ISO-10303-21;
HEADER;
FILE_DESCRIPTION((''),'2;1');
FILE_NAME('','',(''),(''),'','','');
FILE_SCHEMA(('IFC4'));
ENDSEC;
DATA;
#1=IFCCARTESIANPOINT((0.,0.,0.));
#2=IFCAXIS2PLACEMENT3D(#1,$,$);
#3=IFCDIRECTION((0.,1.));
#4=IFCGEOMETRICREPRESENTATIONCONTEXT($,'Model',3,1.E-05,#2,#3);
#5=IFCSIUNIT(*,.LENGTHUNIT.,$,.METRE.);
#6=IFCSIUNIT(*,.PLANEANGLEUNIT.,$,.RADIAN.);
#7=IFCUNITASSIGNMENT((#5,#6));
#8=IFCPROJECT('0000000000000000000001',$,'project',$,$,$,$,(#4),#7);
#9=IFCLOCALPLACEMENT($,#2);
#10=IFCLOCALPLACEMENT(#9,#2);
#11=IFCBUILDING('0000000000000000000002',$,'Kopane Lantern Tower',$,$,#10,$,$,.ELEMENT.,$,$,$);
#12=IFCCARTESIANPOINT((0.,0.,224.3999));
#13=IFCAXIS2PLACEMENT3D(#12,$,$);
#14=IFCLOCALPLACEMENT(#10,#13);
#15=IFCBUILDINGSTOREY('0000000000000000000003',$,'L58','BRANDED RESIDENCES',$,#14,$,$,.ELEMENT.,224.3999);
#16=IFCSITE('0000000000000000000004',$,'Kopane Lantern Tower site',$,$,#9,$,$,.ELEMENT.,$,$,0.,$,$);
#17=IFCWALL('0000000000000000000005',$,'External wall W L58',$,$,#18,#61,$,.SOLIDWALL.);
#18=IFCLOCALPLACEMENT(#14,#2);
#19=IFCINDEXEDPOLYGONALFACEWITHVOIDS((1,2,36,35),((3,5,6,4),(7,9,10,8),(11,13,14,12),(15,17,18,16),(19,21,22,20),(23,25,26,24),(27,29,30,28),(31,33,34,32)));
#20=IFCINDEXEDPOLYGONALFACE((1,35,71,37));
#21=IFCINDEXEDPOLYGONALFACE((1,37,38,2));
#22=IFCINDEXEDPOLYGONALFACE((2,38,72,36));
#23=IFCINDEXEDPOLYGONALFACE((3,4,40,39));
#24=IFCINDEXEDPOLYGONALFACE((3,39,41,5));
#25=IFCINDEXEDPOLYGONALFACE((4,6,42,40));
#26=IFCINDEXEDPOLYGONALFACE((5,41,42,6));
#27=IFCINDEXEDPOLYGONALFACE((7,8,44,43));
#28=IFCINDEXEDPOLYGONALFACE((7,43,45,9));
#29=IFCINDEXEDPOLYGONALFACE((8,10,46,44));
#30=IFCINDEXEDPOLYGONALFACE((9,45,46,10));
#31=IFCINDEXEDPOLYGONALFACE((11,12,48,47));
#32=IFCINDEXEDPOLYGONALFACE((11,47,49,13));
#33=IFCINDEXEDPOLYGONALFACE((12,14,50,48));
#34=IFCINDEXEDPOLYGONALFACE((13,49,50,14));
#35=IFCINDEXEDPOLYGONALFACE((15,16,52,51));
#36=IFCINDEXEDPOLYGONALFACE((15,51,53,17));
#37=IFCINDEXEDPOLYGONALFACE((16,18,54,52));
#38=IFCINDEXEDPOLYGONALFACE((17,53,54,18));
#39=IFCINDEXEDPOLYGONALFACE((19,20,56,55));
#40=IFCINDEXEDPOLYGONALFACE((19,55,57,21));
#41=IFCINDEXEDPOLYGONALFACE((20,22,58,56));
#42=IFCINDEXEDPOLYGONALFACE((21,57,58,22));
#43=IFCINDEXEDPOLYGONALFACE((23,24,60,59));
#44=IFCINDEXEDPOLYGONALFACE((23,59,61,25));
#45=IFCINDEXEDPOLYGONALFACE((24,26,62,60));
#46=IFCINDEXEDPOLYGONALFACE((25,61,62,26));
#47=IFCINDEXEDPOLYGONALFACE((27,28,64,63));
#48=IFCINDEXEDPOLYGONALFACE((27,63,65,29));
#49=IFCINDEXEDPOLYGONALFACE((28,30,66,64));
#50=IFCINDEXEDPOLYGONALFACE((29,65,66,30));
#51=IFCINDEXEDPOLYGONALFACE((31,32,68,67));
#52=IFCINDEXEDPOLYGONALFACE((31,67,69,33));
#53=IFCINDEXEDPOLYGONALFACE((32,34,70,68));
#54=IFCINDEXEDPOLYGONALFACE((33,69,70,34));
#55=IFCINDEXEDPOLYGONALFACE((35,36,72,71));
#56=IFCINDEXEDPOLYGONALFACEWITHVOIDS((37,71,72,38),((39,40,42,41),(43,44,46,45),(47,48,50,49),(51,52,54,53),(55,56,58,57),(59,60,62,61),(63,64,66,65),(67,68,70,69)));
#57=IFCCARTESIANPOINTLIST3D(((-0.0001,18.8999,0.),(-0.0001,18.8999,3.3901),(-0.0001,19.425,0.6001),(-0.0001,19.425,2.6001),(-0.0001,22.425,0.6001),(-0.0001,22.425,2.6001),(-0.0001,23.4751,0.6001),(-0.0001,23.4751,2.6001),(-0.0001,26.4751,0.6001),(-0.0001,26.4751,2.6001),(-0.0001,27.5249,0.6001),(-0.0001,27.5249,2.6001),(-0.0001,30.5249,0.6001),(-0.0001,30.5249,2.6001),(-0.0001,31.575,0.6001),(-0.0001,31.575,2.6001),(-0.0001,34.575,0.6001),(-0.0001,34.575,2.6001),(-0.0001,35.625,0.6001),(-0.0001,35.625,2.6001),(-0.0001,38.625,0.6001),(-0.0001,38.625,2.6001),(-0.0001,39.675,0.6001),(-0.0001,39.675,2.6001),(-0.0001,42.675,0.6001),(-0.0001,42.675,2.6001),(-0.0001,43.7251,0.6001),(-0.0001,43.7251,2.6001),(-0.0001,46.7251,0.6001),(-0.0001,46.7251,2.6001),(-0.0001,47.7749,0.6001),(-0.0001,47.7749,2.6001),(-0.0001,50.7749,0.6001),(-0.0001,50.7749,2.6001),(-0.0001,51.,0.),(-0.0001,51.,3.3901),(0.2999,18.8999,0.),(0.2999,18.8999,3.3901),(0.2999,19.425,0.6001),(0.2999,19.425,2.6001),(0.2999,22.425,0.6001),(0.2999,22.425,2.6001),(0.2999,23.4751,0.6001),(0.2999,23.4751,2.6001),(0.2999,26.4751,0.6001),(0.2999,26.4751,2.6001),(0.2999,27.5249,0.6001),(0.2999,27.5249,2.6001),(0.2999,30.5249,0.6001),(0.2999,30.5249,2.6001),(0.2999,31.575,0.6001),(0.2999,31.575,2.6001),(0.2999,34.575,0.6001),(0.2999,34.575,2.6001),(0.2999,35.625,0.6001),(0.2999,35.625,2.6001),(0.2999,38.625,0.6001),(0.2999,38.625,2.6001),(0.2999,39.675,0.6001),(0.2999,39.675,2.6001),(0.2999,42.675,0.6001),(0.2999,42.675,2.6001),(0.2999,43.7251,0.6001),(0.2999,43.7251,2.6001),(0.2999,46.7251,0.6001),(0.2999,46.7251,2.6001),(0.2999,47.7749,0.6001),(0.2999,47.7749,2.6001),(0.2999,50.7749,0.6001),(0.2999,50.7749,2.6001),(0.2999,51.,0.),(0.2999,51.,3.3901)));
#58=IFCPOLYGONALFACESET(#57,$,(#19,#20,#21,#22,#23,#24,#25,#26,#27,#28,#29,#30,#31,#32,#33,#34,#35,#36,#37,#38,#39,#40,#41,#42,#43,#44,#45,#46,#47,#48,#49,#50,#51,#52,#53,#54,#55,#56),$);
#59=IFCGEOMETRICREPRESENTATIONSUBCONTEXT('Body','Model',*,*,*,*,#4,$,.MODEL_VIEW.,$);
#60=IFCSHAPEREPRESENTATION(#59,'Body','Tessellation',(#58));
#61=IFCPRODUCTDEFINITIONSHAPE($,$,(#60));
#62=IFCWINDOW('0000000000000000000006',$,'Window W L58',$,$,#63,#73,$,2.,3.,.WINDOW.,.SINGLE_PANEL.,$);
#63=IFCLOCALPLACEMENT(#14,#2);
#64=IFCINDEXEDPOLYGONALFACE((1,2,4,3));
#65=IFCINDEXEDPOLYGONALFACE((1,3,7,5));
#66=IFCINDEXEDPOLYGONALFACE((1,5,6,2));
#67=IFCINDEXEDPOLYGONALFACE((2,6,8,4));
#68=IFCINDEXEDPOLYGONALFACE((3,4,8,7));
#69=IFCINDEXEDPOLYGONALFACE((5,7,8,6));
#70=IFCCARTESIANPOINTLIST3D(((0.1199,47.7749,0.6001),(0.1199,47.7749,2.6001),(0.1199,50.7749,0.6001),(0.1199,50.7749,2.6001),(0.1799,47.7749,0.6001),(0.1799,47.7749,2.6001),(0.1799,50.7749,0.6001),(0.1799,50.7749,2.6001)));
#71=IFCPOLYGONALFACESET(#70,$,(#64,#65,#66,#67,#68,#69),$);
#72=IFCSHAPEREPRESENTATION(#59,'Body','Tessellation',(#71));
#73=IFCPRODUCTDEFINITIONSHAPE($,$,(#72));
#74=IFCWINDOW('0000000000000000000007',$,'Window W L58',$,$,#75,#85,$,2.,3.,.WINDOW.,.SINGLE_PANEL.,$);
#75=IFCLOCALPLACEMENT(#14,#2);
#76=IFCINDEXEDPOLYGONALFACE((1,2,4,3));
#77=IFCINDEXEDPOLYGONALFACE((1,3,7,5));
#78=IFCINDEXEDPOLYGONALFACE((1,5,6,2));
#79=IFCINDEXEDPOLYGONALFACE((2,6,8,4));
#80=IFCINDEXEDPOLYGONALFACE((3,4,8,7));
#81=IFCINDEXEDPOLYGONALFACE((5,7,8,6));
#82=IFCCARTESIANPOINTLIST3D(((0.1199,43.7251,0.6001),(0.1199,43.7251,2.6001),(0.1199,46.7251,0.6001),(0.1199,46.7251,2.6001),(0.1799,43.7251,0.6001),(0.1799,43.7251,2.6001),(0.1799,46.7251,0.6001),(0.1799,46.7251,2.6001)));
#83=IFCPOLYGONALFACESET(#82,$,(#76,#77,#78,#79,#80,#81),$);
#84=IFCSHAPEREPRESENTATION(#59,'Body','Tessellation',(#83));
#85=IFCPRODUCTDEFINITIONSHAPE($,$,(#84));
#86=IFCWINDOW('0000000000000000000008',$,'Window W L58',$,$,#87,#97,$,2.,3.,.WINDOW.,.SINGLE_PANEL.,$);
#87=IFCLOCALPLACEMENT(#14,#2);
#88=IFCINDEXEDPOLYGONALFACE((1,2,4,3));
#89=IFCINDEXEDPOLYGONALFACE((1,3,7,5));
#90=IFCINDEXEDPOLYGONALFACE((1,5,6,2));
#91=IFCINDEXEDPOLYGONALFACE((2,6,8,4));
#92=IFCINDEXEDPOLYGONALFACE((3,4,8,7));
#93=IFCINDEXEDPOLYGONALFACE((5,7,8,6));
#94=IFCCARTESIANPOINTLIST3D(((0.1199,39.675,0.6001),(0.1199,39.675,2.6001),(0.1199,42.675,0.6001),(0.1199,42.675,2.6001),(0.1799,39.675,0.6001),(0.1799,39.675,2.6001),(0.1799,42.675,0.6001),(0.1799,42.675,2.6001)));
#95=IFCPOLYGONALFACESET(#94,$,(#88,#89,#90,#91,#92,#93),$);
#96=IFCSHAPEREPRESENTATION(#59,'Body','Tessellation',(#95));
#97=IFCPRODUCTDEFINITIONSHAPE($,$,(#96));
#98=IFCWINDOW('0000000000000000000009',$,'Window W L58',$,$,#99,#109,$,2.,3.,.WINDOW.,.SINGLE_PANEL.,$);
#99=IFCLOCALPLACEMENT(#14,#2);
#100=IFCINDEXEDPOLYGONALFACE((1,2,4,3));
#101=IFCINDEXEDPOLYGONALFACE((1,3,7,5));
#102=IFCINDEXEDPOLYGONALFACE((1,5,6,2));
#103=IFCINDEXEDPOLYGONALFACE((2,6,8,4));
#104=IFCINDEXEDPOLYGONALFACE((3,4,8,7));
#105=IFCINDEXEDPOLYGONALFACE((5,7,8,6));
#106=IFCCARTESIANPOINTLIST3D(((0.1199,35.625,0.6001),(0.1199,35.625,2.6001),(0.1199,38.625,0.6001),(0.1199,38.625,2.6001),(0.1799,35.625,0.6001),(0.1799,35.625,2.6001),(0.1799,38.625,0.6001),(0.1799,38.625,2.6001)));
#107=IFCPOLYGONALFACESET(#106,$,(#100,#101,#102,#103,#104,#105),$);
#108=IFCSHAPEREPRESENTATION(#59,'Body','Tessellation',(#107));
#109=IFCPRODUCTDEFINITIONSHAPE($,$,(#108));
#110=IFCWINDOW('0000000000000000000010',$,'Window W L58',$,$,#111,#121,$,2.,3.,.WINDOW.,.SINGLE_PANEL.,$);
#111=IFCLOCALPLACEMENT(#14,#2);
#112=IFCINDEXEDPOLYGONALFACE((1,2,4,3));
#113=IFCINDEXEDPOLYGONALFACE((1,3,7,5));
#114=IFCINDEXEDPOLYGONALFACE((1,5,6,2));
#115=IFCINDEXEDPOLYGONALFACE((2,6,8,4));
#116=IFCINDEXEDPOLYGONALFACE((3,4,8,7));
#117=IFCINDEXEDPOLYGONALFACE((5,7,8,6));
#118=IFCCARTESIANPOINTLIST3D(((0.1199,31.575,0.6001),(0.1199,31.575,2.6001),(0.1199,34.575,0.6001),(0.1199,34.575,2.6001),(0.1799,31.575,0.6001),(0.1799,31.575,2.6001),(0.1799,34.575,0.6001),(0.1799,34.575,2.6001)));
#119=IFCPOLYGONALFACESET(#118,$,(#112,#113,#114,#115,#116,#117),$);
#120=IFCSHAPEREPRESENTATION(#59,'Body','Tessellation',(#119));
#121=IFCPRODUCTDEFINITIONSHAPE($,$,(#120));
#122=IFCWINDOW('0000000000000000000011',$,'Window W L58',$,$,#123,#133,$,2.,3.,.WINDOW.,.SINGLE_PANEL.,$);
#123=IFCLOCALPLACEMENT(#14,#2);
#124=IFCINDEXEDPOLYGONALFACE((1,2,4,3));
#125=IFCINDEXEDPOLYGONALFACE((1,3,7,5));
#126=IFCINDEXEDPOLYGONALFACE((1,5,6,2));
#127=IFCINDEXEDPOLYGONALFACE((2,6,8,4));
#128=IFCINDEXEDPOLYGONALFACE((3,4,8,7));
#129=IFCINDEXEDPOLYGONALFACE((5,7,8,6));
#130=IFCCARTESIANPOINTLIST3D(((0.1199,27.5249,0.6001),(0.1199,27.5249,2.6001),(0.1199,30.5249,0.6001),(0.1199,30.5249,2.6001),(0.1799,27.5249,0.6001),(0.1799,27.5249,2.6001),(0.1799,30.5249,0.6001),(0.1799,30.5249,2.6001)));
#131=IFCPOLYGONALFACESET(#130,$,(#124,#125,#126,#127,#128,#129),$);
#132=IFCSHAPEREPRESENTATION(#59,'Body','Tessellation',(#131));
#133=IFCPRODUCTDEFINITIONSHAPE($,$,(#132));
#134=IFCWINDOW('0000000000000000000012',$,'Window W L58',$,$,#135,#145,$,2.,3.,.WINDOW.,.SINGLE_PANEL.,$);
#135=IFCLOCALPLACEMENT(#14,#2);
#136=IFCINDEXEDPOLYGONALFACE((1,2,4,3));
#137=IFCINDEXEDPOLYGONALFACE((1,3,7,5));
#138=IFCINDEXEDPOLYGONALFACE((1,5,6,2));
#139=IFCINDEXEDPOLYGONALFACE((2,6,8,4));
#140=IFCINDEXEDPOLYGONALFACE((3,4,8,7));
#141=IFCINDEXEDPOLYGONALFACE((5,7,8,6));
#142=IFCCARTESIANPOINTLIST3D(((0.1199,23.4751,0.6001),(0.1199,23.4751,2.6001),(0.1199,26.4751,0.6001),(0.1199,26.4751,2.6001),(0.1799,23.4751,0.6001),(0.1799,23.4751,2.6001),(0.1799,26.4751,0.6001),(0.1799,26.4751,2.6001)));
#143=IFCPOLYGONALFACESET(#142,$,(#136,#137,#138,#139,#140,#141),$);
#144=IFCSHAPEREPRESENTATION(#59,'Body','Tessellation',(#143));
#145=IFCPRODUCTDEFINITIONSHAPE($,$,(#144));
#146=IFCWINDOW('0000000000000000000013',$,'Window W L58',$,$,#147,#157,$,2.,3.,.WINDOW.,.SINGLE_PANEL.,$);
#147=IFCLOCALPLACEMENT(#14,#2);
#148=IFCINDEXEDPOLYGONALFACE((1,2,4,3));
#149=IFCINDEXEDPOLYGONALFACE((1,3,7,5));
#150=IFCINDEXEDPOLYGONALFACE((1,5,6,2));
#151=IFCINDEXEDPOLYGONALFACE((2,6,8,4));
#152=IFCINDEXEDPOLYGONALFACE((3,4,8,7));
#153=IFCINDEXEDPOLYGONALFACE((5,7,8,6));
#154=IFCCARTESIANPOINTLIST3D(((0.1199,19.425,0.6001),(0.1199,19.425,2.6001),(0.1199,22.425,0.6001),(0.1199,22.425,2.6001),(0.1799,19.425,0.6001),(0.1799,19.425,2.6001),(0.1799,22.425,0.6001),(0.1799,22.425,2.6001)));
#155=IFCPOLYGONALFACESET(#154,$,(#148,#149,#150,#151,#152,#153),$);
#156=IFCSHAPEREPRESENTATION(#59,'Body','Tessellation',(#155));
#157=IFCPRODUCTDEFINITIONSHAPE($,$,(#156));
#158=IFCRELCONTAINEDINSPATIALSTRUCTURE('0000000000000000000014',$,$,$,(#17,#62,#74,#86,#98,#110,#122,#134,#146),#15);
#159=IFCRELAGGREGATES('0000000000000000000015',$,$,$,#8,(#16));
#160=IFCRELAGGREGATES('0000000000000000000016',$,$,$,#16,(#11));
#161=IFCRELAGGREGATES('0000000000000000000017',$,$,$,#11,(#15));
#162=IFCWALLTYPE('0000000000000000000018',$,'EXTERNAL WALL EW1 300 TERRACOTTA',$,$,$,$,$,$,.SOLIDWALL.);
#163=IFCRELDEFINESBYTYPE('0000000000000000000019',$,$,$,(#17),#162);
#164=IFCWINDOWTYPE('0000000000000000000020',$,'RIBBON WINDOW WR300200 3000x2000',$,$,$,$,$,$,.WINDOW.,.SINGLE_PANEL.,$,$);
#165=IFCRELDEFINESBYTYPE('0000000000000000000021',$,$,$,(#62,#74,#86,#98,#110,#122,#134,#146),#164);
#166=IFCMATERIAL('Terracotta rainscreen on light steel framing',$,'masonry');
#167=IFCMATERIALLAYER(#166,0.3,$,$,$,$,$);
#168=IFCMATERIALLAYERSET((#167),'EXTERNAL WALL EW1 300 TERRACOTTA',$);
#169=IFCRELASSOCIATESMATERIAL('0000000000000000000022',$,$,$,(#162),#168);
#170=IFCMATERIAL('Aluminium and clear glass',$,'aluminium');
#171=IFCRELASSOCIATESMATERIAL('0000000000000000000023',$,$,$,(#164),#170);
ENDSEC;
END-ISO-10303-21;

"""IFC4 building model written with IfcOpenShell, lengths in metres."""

from ifc_helpers import new_model, si_unit, direction, frame, frame_2d, origin, place, context, subcontext, project, spatial, rectangle, extrude, material, layer, layer_set, type_object, element, fill, save


model = new_model("IFC4")

# Units and contexts
model_context = context("Model", 3, precision=1e-05, world=origin(), true_north=direction((0.0, 1.0)))
body_context = subcontext(model_context, "Body", "Model", "MODEL_VIEW")
ifc_project = project(units=[si_unit("LENGTHUNIT", "METRE"), si_unit("PLANEANGLEUNIT", "RADIAN")], contexts=[model_context])

# Site, building, storey
site_placement = place(None, origin())
site = spatial("IfcSite", under=ifc_project, at=site_placement, Name="Kopane Lantern Tower site", CompositionType="ELEMENT", RefElevation=0.0)
building_placement = place(site_placement, origin())
building = spatial("IfcBuilding", under=site, at=building_placement, Name="Kopane Lantern Tower", CompositionType="ELEMENT")
storey_placement = place(building_placement, frame((0.0, 0.0, 224.3999)))
storey = spatial("IfcBuildingStorey", under=building, at=storey_placement, Name="L58", Description="BRANDED RESIDENCES", CompositionType="ELEMENT", Elevation=224.3999)

# Shared definitions
ifc_material_1 = material(Name="Terracotta rainscreen on light steel framing", Category="masonry")
ifc_layer_1 = layer(ifc_material_1, 0.3)
ifc_layer_set_1 = layer_set([ifc_layer_1], Name="EXTERNAL WALL EW1 300 TERRACOTTA")
wall_type_1 = type_object("IfcWallType", Name="EXTERNAL WALL EW1 300 TERRACOTTA", PredefinedType="SOLIDWALL", material=ifc_layer_set_1)
ifc_material_2 = material(Name="Aluminium and clear glass", Category="aluminium")
window_type = type_object("IfcWindowType", Name="RIBBON WINDOW WR300200 3000x2000", PartitioningType="SINGLE_PANEL", PredefinedType="WINDOW", material=ifc_material_2)

# Wall, openings, windows
wall_1_placement = place(storey_placement, frame((0.1499, 51.0, 0.0), z_axis=(0.0, 0.0, 1.0), x_axis=(0.0, -1.0, 0.0)))
wall_1 = element("IfcWall", 1, at=wall_1_placement, inside=storey, type_object=wall_type_1, Name="External wall W L58", PredefinedType="SOLIDWALL", context=body_context, shape_type="SweptSolid", body=[
    extrude(rectangle(XDim=32.1001, YDim=0.3, at=frame_2d((16.05, 0.0))), origin(), (0.0, 0.0, 1.0), 3.3901),
])
opening_1_placement = place(wall_1_placement, frame((0.2251, 0.0, 0.6001)))
opening_1 = element("IfcOpeningElement", 2, at=opening_1_placement, cuts=wall_1, PredefinedType="OPENING", context=body_context, shape_type="SweptSolid", body=[
    extrude(rectangle(XDim=3.0, YDim=2.0, at=frame_2d((1.5, 1.0))), frame((0.0, 0.1599, 0.0), z_axis=(0.0, -1.0, 0.0), x_axis=(1.0, 0.0, 0.0)), (0.0, 0.0, 1.0), 0.3201),
])
opening_2_placement = place(wall_1_placement, frame((4.2749, 0.0, 0.6001)))
opening_2 = element("IfcOpeningElement", 3, at=opening_2_placement, cuts=wall_1, PredefinedType="OPENING", context=body_context, shape_type="SweptSolid", body=[
    extrude(rectangle(XDim=3.0, YDim=2.0, at=frame_2d((1.5, 1.0))), frame((0.0, 0.1599, 0.0), z_axis=(0.0, -1.0, 0.0), x_axis=(1.0, 0.0, 0.0)), (0.0, 0.0, 1.0), 0.3201),
])
opening_3_placement = place(wall_1_placement, frame((8.325, 0.0, 0.6001)))
opening_3 = element("IfcOpeningElement", 4, at=opening_3_placement, cuts=wall_1, PredefinedType="OPENING", context=body_context, shape_type="SweptSolid", body=[
    extrude(rectangle(XDim=3.0, YDim=2.0, at=frame_2d((1.5, 1.0))), frame((0.0, 0.1599, 0.0), z_axis=(0.0, -1.0, 0.0), x_axis=(1.0, 0.0, 0.0)), (0.0, 0.0, 1.0), 0.3201),
])
opening_4_placement = place(wall_1_placement, frame((12.375, 0.0, 0.6001)))
opening_4 = element("IfcOpeningElement", 5, at=opening_4_placement, cuts=wall_1, PredefinedType="OPENING", context=body_context, shape_type="SweptSolid", body=[
    extrude(rectangle(XDim=3.0, YDim=2.0, at=frame_2d((1.5, 1.0))), frame((0.0, 0.1599, 0.0), z_axis=(0.0, -1.0, 0.0), x_axis=(1.0, 0.0, 0.0)), (0.0, 0.0, 1.0), 0.3201),
])
opening_5_placement = place(wall_1_placement, frame((16.425, 0.0, 0.6001)))
opening_5 = element("IfcOpeningElement", 6, at=opening_5_placement, cuts=wall_1, PredefinedType="OPENING", context=body_context, shape_type="SweptSolid", body=[
    extrude(rectangle(XDim=3.0, YDim=2.0, at=frame_2d((1.5, 1.0))), frame((0.0, 0.1599, 0.0), z_axis=(0.0, -1.0, 0.0), x_axis=(1.0, 0.0, 0.0)), (0.0, 0.0, 1.0), 0.3201),
])
opening_6_placement = place(wall_1_placement, frame((20.4751, 0.0, 0.6001)))
opening_6 = element("IfcOpeningElement", 7, at=opening_6_placement, cuts=wall_1, PredefinedType="OPENING", context=body_context, shape_type="SweptSolid", body=[
    extrude(rectangle(XDim=3.0, YDim=2.0, at=frame_2d((1.5, 1.0))), frame((0.0, 0.1599, 0.0), z_axis=(0.0, -1.0, 0.0), x_axis=(1.0, 0.0, 0.0)), (0.0, 0.0, 1.0), 0.3201),
])
opening_7_placement = place(wall_1_placement, frame((24.5249, 0.0, 0.6001)))
opening_7 = element("IfcOpeningElement", 8, at=opening_7_placement, cuts=wall_1, PredefinedType="OPENING", context=body_context, shape_type="SweptSolid", body=[
    extrude(rectangle(XDim=3.0, YDim=2.0, at=frame_2d((1.5, 1.0))), frame((0.0, 0.1599, 0.0), z_axis=(0.0, -1.0, 0.0), x_axis=(1.0, 0.0, 0.0)), (0.0, 0.0, 1.0), 0.3201),
])
opening_8_placement = place(wall_1_placement, frame((28.575, 0.0, 0.6001)))
opening_8 = element("IfcOpeningElement", 9, at=opening_8_placement, cuts=wall_1, PredefinedType="OPENING", context=body_context, shape_type="SweptSolid", body=[
    extrude(rectangle(XDim=3.0, YDim=2.0, at=frame_2d((1.5, 1.0))), frame((0.0, 0.1599, 0.0), z_axis=(0.0, -1.0, 0.0), x_axis=(1.0, 0.0, 0.0)), (0.0, 0.0, 1.0), 0.3201),
])
window_1_placement = place(opening_1_placement, origin())
window_1 = element("IfcWindow", 10, at=window_1_placement, inside=storey, type_object=window_type, Name="Window W L58", OverallHeight=2.0, OverallWidth=3.0, PartitioningType="SINGLE_PANEL", PredefinedType="WINDOW", context=body_context, shape_type="SweptSolid", body=[
    extrude(rectangle(XDim=3.0, YDim=2.0, at=frame_2d((1.5, 1.0))), frame((0.0, 0.03, 0.0), z_axis=(0.0, -1.0, 0.0), x_axis=(1.0, 0.0, 0.0)), (0.0, 0.0, 1.0), 0.0601),
])
fill(opening_1, window_1)
window_2_placement = place(opening_2_placement, origin())
window_2 = element("IfcWindow", 11, at=window_2_placement, inside=storey, type_object=window_type, Name="Window W L58", OverallHeight=2.0, OverallWidth=3.0, PartitioningType="SINGLE_PANEL", PredefinedType="WINDOW", context=body_context, shape_type="SweptSolid", body=[
    extrude(rectangle(XDim=3.0, YDim=2.0, at=frame_2d((1.5, 1.0))), frame((0.0, 0.03, 0.0), z_axis=(0.0, -1.0, 0.0), x_axis=(1.0, 0.0, 0.0)), (0.0, 0.0, 1.0), 0.0601),
])
fill(opening_2, window_2)
window_3_placement = place(opening_3_placement, origin())
window_3 = element("IfcWindow", 12, at=window_3_placement, inside=storey, type_object=window_type, Name="Window W L58", OverallHeight=2.0, OverallWidth=3.0, PartitioningType="SINGLE_PANEL", PredefinedType="WINDOW", context=body_context, shape_type="SweptSolid", body=[
    extrude(rectangle(XDim=3.0, YDim=2.0, at=frame_2d((1.5, 1.0))), frame((0.0, 0.03, 0.0), z_axis=(0.0, -1.0, 0.0), x_axis=(1.0, 0.0, 0.0)), (0.0, 0.0, 1.0), 0.0601),
])
fill(opening_3, window_3)
window_4_placement = place(opening_4_placement, origin())
window_4 = element("IfcWindow", 13, at=window_4_placement, inside=storey, type_object=window_type, Name="Window W L58", OverallHeight=2.0, OverallWidth=3.0, PartitioningType="SINGLE_PANEL", PredefinedType="WINDOW", context=body_context, shape_type="SweptSolid", body=[
    extrude(rectangle(XDim=3.0, YDim=2.0, at=frame_2d((1.5, 1.0))), frame((0.0, 0.03, 0.0), z_axis=(0.0, -1.0, 0.0), x_axis=(1.0, 0.0, 0.0)), (0.0, 0.0, 1.0), 0.0601),
])
fill(opening_4, window_4)
window_5_placement = place(opening_5_placement, origin())
window_5 = element("IfcWindow", 14, at=window_5_placement, inside=storey, type_object=window_type, Name="Window W L58", OverallHeight=2.0, OverallWidth=3.0, PartitioningType="SINGLE_PANEL", PredefinedType="WINDOW", context=body_context, shape_type="SweptSolid", body=[
    extrude(rectangle(XDim=3.0, YDim=2.0, at=frame_2d((1.5, 1.0))), frame((0.0, 0.03, 0.0), z_axis=(0.0, -1.0, 0.0), x_axis=(1.0, 0.0, 0.0)), (0.0, 0.0, 1.0), 0.0601),
])
fill(opening_5, window_5)
window_6_placement = place(opening_6_placement, origin())
window_6 = element("IfcWindow", 15, at=window_6_placement, inside=storey, type_object=window_type, Name="Window W L58", OverallHeight=2.0, OverallWidth=3.0, PartitioningType="SINGLE_PANEL", PredefinedType="WINDOW", context=body_context, shape_type="SweptSolid", body=[
    extrude(rectangle(XDim=3.0, YDim=2.0, at=frame_2d((1.5, 1.0))), frame((0.0, 0.03, 0.0), z_axis=(0.0, -1.0, 0.0), x_axis=(1.0, 0.0, 0.0)), (0.0, 0.0, 1.0), 0.0601),
])
fill(opening_6, window_6)
window_7_placement = place(opening_7_placement, origin())
window_7 = element("IfcWindow", 16, at=window_7_placement, inside=storey, type_object=window_type, Name="Window W L58", OverallHeight=2.0, OverallWidth=3.0, PartitioningType="SINGLE_PANEL", PredefinedType="WINDOW", context=body_context, shape_type="SweptSolid", body=[
    extrude(rectangle(XDim=3.0, YDim=2.0, at=frame_2d((1.5, 1.0))), frame((0.0, 0.03, 0.0), z_axis=(0.0, -1.0, 0.0), x_axis=(1.0, 0.0, 0.0)), (0.0, 0.0, 1.0), 0.0601),
])
fill(opening_7, window_7)
window_8_placement = place(opening_8_placement, origin())
window_8 = element("IfcWindow", 17, at=window_8_placement, inside=storey, type_object=window_type, Name="Window W L58", OverallHeight=2.0, OverallWidth=3.0, PartitioningType="SINGLE_PANEL", PredefinedType="WINDOW", context=body_context, shape_type="SweptSolid", body=[
    extrude(rectangle(XDim=3.0, YDim=2.0, at=frame_2d((1.5, 1.0))), frame((0.0, 0.03, 0.0), z_axis=(0.0, -1.0, 0.0), x_axis=(1.0, 0.0, 0.0)), (0.0, 0.0, 1.0), 0.0601),
])
fill(opening_8, window_8)

save(model, "model.ifc")
